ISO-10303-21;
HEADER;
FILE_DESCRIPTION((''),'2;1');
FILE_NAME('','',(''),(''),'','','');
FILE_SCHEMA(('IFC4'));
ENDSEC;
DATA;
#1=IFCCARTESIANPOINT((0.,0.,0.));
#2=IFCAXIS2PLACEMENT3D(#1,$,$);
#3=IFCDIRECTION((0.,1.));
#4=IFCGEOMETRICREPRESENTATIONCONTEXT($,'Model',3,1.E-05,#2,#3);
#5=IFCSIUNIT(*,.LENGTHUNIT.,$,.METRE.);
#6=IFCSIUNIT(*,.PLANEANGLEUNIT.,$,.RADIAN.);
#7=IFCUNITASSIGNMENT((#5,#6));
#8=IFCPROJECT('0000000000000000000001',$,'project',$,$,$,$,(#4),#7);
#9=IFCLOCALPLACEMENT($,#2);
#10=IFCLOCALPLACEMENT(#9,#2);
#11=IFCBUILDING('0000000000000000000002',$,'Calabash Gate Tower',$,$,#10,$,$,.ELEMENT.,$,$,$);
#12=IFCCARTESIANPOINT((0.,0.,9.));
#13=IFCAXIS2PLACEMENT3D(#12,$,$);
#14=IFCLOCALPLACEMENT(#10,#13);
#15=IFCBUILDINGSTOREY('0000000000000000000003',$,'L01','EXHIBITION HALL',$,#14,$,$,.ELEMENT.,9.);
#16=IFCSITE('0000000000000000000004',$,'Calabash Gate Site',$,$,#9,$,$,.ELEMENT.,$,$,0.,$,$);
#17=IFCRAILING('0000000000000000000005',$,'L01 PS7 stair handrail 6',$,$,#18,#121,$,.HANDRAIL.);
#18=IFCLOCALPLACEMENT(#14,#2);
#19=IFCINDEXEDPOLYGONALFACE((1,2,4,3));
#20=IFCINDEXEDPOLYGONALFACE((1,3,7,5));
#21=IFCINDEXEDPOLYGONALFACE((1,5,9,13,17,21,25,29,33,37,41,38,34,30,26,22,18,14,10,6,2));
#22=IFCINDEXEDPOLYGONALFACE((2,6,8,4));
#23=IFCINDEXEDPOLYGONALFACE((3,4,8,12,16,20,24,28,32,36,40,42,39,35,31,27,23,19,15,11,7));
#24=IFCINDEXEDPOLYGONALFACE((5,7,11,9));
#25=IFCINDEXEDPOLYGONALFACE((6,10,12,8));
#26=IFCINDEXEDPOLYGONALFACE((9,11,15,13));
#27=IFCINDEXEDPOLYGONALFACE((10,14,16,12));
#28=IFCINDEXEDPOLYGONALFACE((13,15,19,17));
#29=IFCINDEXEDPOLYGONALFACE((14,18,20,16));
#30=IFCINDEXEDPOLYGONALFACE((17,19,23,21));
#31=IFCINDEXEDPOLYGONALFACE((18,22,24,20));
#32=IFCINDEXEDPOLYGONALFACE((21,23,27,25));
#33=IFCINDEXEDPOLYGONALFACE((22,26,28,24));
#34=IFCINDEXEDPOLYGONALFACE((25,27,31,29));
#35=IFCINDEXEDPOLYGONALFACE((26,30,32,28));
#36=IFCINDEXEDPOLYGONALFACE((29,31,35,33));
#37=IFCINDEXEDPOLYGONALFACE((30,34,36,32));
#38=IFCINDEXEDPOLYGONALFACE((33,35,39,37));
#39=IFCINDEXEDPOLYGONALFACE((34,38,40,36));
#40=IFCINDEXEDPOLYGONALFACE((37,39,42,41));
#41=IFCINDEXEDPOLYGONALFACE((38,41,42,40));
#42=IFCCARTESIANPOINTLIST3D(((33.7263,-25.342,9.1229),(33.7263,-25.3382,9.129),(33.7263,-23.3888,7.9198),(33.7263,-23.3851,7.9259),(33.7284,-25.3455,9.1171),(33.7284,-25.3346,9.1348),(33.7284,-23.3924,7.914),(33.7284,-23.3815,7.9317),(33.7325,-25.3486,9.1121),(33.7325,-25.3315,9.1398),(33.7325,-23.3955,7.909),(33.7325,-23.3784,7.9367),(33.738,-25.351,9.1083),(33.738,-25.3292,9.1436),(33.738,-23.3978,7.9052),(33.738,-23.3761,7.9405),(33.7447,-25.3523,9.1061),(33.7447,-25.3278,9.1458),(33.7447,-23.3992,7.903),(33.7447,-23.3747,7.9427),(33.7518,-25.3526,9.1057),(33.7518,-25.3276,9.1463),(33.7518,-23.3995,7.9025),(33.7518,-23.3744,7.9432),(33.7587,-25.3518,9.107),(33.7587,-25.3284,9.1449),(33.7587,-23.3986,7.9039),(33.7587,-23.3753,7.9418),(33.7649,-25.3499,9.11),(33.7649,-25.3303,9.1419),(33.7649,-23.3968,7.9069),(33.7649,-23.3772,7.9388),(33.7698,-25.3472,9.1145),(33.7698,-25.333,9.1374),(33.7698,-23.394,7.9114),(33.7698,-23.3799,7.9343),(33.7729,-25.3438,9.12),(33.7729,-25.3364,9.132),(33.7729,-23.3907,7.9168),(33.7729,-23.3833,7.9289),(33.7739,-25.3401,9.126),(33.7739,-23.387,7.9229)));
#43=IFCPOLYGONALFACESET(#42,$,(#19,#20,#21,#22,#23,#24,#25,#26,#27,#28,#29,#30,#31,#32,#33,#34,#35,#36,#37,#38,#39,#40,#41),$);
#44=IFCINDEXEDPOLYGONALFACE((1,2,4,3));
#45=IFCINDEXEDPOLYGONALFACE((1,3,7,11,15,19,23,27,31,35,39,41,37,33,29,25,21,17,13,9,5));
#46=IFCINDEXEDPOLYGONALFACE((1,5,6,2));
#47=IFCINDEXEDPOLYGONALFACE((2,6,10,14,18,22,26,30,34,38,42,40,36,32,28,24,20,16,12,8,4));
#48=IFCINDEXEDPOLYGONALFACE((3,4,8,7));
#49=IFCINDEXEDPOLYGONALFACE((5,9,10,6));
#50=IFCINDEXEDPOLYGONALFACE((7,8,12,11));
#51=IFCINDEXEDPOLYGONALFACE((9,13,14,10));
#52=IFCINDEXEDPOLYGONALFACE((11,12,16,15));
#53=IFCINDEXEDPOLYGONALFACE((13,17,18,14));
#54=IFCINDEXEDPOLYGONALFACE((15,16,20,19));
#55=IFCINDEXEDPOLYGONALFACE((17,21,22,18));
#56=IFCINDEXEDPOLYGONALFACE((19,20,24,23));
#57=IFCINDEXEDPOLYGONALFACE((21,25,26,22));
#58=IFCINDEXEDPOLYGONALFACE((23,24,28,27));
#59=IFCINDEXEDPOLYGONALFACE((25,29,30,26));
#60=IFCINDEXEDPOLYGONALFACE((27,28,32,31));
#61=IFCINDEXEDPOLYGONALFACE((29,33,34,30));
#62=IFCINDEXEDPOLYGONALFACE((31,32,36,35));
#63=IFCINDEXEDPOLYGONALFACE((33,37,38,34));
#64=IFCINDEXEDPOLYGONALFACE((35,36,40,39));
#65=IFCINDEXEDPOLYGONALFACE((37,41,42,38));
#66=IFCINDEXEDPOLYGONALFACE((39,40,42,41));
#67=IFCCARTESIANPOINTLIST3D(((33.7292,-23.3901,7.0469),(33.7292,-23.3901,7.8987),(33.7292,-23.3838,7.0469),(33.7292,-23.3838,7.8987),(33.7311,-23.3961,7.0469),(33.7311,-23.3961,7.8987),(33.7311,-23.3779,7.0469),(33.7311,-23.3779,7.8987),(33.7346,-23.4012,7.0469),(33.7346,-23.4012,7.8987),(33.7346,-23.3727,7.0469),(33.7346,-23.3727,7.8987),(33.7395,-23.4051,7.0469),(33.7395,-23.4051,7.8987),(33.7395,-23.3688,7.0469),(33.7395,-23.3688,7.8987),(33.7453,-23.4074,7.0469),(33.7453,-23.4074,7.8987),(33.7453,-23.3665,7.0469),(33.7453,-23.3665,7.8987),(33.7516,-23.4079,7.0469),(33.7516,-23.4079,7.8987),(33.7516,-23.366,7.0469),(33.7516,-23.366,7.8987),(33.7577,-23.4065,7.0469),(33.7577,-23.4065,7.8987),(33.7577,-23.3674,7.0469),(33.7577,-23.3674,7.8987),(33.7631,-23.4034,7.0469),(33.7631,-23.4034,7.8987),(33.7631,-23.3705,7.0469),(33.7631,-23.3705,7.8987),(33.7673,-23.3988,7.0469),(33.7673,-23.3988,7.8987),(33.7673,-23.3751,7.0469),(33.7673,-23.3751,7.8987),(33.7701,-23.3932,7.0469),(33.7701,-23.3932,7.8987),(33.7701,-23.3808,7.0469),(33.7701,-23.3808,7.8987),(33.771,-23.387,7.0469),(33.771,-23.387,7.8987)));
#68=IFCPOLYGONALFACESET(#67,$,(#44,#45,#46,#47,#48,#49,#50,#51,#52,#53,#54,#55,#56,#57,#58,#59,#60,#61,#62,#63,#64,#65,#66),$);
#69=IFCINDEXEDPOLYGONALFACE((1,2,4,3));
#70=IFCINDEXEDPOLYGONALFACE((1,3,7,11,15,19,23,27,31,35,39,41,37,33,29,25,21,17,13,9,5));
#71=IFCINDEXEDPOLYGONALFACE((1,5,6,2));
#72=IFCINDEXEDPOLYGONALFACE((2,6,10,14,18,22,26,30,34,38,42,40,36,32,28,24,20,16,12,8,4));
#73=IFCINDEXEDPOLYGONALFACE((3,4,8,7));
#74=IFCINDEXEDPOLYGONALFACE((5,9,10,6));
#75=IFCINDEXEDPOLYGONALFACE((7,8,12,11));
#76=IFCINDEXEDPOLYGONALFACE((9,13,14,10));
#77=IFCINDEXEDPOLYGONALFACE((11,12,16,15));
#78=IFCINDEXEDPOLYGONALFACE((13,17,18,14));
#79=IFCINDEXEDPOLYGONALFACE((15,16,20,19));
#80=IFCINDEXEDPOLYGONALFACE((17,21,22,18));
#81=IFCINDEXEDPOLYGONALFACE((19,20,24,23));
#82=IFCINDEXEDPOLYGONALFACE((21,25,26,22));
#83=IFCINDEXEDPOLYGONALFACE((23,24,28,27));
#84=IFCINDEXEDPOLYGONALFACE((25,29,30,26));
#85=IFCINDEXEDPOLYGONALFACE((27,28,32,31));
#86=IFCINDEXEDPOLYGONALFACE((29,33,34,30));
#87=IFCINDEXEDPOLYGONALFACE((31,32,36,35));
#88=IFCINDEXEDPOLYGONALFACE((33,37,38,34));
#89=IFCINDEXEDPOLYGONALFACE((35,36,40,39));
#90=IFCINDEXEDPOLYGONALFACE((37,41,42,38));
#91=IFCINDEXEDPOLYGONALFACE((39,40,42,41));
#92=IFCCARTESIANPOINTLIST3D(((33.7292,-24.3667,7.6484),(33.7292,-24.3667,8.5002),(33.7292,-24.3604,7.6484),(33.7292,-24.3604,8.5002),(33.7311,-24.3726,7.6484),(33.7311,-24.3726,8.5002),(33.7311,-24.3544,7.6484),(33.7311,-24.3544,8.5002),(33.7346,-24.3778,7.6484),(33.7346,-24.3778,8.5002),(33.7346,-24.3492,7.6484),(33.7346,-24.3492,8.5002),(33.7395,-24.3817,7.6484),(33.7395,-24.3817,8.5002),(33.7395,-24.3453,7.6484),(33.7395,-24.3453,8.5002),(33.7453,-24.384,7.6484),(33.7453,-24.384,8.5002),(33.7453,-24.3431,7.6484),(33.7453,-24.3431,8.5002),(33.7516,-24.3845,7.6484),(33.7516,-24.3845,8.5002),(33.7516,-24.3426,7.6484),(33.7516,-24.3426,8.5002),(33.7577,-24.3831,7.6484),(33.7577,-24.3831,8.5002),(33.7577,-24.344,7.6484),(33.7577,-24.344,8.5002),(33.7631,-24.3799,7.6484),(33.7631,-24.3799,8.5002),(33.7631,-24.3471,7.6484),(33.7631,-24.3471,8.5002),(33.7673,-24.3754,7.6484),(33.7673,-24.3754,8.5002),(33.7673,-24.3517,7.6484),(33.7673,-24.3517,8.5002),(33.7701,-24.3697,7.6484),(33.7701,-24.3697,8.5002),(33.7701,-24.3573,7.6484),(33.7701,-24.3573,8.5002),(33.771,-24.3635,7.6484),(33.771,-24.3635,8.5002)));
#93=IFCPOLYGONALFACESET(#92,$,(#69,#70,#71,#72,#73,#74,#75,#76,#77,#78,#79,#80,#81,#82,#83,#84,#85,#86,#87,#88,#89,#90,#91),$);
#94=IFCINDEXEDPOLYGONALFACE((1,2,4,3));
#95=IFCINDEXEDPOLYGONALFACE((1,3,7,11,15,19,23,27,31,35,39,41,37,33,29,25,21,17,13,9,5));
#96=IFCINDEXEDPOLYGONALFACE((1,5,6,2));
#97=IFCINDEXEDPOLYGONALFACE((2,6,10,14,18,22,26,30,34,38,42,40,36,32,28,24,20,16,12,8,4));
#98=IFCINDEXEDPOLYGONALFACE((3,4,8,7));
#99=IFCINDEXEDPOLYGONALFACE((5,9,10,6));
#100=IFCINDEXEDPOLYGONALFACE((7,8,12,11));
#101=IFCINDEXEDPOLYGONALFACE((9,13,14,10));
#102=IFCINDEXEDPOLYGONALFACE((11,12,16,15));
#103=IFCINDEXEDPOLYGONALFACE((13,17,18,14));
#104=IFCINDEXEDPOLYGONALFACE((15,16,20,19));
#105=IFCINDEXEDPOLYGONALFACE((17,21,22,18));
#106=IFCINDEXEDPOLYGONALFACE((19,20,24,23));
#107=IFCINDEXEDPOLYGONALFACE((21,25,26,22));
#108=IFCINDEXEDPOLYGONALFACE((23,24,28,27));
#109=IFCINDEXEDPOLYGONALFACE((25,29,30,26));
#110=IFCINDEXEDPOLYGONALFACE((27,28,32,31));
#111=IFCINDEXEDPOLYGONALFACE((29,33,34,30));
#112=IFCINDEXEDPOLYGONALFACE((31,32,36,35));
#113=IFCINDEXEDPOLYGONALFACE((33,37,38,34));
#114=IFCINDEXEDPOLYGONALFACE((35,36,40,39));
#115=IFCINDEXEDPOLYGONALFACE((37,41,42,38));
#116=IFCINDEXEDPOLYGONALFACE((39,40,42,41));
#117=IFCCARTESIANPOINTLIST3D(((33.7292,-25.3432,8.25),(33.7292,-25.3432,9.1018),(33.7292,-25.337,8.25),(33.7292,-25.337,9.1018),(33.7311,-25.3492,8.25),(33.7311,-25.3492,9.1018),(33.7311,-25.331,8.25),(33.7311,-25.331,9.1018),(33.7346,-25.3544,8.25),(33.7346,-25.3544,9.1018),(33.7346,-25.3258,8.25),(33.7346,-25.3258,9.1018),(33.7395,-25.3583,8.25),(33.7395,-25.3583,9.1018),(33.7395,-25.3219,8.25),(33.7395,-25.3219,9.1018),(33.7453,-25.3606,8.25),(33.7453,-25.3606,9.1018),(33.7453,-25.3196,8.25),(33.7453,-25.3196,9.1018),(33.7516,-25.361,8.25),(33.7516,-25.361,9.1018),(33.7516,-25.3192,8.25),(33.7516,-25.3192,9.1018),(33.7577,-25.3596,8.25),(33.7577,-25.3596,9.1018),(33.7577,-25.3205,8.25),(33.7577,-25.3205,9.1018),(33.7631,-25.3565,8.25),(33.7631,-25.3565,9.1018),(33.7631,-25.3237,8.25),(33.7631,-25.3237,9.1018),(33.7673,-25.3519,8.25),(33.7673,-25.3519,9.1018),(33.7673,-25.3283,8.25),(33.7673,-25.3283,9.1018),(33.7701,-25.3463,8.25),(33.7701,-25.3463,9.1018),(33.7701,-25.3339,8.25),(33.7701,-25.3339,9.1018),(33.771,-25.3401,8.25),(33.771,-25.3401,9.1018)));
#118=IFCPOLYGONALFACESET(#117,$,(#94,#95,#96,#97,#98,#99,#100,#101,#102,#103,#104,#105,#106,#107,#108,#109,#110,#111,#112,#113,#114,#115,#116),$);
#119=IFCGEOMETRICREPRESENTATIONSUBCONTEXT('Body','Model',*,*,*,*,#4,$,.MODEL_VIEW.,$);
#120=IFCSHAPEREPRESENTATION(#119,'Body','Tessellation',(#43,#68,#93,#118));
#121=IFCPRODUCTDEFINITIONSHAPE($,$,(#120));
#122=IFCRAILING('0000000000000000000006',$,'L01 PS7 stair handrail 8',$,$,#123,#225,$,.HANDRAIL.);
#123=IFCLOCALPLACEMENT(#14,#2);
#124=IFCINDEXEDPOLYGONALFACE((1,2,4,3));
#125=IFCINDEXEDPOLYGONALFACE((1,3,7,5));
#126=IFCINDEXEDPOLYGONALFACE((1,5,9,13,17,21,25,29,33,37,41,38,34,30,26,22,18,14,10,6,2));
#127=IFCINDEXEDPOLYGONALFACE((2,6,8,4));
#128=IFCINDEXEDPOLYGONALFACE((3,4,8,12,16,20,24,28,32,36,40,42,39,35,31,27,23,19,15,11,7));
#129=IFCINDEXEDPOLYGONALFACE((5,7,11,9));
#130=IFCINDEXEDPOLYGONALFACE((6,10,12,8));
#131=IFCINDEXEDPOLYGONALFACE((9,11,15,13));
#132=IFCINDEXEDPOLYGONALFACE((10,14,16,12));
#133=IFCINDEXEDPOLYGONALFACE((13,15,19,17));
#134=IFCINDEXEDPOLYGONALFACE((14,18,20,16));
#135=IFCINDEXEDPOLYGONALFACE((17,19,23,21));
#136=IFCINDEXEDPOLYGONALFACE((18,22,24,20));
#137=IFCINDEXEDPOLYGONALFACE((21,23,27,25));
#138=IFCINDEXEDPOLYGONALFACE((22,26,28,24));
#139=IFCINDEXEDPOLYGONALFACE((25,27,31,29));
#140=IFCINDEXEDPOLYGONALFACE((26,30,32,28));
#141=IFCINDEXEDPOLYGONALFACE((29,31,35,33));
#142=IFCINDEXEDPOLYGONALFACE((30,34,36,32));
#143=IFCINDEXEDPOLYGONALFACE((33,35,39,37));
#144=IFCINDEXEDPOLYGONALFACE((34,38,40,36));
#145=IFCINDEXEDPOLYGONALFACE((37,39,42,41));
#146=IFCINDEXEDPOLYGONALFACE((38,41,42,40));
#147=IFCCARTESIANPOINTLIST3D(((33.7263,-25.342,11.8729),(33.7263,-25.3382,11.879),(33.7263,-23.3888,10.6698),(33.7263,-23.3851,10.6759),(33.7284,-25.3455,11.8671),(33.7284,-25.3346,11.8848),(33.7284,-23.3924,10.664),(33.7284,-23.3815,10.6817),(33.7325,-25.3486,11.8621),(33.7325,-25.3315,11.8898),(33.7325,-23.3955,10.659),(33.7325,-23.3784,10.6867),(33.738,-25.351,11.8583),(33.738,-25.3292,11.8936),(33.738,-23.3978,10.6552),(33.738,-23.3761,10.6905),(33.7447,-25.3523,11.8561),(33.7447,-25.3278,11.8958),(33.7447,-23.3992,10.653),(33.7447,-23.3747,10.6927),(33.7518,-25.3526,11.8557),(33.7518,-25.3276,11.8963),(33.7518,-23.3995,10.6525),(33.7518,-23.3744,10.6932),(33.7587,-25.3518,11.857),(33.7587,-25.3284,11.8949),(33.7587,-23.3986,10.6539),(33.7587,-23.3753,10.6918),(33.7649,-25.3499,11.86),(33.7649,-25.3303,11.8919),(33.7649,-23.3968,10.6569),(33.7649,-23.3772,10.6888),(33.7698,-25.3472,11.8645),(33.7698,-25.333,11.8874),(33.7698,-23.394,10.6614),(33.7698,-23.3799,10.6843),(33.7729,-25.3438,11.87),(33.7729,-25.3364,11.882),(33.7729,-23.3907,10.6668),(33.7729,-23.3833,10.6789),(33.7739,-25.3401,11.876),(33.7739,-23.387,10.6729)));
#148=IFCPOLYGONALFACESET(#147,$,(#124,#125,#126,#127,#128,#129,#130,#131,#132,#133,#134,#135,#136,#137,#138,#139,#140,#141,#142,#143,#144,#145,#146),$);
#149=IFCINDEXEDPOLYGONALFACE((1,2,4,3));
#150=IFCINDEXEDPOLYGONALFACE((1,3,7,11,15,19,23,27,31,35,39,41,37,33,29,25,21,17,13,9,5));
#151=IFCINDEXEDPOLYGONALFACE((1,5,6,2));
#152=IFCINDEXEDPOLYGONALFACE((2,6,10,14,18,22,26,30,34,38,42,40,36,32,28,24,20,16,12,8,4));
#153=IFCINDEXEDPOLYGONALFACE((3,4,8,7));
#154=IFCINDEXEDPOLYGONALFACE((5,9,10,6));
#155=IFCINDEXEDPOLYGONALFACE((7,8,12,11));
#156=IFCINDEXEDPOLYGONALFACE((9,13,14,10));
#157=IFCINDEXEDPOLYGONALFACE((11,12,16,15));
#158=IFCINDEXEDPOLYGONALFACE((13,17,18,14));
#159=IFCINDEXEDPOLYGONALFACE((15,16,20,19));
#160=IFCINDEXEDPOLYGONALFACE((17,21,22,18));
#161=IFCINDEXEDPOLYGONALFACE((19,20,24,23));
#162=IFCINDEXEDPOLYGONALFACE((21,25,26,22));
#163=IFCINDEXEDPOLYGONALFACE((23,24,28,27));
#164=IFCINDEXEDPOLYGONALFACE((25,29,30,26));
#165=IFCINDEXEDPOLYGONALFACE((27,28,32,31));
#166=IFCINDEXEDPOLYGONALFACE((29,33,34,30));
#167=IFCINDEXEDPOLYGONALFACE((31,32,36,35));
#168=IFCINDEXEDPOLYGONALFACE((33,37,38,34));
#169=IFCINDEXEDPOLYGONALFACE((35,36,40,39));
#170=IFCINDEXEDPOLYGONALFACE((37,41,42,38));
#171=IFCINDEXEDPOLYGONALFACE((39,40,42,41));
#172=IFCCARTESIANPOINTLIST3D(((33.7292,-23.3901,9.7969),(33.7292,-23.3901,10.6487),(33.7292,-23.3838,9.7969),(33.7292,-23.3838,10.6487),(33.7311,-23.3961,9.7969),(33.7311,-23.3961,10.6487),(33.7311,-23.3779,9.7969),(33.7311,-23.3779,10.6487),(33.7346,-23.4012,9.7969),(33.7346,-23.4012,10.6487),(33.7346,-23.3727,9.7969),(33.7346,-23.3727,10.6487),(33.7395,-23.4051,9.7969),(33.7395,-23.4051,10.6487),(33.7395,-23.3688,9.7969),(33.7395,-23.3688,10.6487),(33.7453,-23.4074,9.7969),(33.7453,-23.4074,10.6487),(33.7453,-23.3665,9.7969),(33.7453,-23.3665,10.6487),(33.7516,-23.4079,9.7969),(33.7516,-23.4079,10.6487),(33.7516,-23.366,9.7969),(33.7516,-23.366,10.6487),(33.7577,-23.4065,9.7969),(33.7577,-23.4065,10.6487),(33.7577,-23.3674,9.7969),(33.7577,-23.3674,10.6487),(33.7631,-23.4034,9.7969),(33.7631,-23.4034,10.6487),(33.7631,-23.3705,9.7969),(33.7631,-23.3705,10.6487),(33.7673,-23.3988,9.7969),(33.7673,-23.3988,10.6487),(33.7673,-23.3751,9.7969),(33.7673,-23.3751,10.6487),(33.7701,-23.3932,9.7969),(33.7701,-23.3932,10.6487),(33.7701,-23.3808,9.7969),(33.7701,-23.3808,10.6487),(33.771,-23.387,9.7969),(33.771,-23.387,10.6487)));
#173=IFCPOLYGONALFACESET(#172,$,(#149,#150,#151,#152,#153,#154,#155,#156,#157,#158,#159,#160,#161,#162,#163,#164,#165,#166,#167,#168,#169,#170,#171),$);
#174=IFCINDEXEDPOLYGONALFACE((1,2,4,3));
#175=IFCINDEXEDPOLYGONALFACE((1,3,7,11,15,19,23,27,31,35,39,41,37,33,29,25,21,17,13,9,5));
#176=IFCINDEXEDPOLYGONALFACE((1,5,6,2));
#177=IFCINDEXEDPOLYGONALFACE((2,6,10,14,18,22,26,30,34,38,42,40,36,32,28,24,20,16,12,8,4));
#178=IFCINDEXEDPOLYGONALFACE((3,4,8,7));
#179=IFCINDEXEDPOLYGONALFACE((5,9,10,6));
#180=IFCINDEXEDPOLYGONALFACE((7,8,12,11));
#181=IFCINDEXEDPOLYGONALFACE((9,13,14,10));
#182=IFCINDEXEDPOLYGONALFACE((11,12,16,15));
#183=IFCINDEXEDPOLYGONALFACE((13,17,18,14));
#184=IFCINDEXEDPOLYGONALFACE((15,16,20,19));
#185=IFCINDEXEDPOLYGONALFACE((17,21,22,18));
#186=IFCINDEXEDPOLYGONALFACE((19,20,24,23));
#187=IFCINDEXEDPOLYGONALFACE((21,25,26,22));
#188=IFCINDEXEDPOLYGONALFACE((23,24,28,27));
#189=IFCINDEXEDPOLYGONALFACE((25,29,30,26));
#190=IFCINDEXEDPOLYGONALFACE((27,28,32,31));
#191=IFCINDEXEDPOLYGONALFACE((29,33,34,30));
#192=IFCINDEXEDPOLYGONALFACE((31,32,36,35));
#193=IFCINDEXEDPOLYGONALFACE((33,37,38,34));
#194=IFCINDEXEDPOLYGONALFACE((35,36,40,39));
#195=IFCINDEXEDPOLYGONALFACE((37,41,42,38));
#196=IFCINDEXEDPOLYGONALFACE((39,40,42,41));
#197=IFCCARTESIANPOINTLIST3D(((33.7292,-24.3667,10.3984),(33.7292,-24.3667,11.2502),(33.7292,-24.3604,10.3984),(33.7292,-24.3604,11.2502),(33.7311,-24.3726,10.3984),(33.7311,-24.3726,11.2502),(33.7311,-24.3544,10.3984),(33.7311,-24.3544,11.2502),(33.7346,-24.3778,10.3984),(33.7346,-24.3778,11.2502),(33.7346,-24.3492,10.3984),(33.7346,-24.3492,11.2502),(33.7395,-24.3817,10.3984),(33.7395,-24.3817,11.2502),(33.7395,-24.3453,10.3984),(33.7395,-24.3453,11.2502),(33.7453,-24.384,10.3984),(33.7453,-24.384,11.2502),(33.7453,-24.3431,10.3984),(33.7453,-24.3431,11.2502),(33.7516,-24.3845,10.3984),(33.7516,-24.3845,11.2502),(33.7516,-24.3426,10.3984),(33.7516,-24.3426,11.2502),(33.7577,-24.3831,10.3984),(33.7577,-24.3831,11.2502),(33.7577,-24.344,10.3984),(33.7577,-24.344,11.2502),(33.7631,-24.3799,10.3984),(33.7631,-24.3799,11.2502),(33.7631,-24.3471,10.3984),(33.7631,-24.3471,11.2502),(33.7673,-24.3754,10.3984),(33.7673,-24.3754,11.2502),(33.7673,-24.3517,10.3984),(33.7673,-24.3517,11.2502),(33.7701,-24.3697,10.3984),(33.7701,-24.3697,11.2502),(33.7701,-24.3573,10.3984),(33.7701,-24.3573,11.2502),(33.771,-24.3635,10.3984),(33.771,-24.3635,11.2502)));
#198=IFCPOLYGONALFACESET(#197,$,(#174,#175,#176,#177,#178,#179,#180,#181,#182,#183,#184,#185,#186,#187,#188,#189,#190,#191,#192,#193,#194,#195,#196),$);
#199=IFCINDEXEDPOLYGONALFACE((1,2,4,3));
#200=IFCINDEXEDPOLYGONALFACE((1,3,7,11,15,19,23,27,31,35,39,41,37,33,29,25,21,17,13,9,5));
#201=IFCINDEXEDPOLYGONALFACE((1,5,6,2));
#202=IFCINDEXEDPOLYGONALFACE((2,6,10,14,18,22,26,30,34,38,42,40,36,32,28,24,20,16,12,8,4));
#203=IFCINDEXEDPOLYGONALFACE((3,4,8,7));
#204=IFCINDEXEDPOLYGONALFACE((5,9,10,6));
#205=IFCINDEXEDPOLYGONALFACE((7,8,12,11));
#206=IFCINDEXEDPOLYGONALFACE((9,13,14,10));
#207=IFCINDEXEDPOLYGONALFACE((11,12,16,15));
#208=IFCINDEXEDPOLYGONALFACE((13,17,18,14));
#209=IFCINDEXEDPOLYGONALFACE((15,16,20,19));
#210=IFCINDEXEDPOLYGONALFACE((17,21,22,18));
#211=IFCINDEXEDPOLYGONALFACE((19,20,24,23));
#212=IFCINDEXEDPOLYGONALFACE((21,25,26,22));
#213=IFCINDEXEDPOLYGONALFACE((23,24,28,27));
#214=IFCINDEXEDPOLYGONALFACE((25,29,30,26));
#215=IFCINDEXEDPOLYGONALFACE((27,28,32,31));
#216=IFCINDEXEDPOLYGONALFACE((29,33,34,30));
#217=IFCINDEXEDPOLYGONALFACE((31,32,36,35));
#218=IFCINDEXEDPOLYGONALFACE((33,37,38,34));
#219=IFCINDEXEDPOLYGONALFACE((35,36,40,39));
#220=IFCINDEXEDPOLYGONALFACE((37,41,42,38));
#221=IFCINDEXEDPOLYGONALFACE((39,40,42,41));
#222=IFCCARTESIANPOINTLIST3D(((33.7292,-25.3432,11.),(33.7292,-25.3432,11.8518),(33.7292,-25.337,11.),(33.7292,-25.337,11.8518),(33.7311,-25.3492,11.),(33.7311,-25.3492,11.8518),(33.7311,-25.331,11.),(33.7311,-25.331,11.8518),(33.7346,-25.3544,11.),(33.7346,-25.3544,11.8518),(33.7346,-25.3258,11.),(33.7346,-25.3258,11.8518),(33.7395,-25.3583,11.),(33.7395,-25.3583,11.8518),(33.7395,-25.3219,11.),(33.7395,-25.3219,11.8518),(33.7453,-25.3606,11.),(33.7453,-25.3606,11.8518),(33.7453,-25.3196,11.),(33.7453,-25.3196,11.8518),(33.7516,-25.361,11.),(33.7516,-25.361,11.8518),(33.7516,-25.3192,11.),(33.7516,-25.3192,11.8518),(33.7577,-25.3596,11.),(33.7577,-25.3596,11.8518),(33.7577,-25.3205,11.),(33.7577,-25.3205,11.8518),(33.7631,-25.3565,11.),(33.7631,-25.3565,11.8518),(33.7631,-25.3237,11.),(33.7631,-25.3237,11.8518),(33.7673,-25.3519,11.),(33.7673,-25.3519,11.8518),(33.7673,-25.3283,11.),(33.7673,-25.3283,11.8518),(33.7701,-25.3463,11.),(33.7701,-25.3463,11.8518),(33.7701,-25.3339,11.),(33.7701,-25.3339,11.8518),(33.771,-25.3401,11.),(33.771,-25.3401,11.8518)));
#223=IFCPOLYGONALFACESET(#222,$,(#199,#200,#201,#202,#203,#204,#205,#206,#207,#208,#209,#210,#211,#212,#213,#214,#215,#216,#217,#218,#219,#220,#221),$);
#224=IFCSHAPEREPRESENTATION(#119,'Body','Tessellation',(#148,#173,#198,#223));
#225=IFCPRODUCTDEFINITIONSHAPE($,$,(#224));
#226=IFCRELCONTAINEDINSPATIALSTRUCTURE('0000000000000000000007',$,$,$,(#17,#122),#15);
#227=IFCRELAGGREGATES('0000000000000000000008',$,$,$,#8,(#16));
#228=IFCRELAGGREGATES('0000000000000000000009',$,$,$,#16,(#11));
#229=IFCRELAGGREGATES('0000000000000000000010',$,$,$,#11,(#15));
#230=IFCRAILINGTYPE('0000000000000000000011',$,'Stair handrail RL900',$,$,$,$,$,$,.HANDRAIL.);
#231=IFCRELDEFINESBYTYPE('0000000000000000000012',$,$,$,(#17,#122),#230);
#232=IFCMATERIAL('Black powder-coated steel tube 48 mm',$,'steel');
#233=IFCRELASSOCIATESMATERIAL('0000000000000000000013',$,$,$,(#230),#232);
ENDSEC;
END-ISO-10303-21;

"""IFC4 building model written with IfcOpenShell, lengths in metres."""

from ifc_helpers import new_model, si_unit, direction, frame, origin, origin_2d, place, context, subcontext, project, spatial, circle, extrude, material, type_object, element, save


model = new_model("IFC4")

# Units and contexts
model_context = context("Model", 3, precision=1e-05, world=origin(), true_north=direction((0.0, 1.0)))
body_context = subcontext(model_context, "Body", "Model", "MODEL_VIEW")
ifc_project = project(units=[si_unit("LENGTHUNIT", "METRE"), si_unit("PLANEANGLEUNIT", "RADIAN")], contexts=[model_context])

# Site, building, storey
site_placement = place(None, origin())
site = spatial("IfcSite", under=ifc_project, at=site_placement, Name="Calabash Gate Site", CompositionType="ELEMENT", RefElevation=0.0)
building_placement = place(site_placement, origin())
building = spatial("IfcBuilding", under=site, at=building_placement, Name="Calabash Gate Tower", CompositionType="ELEMENT")
storey_placement = place(building_placement, frame((0.0, 0.0, 9.0)))
storey = spatial("IfcBuildingStorey", under=building, at=storey_placement, Name="L01", Description="EXHIBITION HALL", CompositionType="ELEMENT", Elevation=9.0)

# Railings
ifc_material_1 = material(Name="Black powder-coated steel tube 48 mm", Category="steel")
railing_type_1 = type_object("IfcRailingType", Name="Stair handrail RL900", PredefinedType="HANDRAIL", material=ifc_material_1)
for number, where, name in (
    (1, (33.75, -23.387, 7.0469), "L01 PS7 stair handrail 6"),
    (2, (33.75, -23.387, 9.7969), "L01 PS7 stair handrail 8"),
):
    element("IfcRailing", number, at=place(storey_placement, frame(where)), inside=storey, type_object=railing_type_1, Name=name, PredefinedType="HANDRAIL", context=body_context, shape_type="SweptSolid", body=[
        extrude(circle(Radius=0.0239, at=origin_2d()), frame((0.0, 0.0, 0.876), z_axis=(0.0, -0.851424, 0.524477), x_axis=(1.0, 0.0, 0.0)), (0.0, 0.0, 1.0), 2.2939),
        extrude(circle(Radius=0.021, at=origin_2d()), origin(), (0.0, 0.0, 1.0), 0.8518),
        extrude(circle(Radius=0.021, at=origin_2d()), frame((0.0, -0.9766, 0.6016)), (0.0, 0.0, 1.0), 0.8518),
        extrude(circle(Radius=0.021, at=origin_2d()), frame((0.0, -1.9531, 1.2031)), (0.0, 0.0, 1.0), 0.8518),
    ])

save(model, "model.ifc")
